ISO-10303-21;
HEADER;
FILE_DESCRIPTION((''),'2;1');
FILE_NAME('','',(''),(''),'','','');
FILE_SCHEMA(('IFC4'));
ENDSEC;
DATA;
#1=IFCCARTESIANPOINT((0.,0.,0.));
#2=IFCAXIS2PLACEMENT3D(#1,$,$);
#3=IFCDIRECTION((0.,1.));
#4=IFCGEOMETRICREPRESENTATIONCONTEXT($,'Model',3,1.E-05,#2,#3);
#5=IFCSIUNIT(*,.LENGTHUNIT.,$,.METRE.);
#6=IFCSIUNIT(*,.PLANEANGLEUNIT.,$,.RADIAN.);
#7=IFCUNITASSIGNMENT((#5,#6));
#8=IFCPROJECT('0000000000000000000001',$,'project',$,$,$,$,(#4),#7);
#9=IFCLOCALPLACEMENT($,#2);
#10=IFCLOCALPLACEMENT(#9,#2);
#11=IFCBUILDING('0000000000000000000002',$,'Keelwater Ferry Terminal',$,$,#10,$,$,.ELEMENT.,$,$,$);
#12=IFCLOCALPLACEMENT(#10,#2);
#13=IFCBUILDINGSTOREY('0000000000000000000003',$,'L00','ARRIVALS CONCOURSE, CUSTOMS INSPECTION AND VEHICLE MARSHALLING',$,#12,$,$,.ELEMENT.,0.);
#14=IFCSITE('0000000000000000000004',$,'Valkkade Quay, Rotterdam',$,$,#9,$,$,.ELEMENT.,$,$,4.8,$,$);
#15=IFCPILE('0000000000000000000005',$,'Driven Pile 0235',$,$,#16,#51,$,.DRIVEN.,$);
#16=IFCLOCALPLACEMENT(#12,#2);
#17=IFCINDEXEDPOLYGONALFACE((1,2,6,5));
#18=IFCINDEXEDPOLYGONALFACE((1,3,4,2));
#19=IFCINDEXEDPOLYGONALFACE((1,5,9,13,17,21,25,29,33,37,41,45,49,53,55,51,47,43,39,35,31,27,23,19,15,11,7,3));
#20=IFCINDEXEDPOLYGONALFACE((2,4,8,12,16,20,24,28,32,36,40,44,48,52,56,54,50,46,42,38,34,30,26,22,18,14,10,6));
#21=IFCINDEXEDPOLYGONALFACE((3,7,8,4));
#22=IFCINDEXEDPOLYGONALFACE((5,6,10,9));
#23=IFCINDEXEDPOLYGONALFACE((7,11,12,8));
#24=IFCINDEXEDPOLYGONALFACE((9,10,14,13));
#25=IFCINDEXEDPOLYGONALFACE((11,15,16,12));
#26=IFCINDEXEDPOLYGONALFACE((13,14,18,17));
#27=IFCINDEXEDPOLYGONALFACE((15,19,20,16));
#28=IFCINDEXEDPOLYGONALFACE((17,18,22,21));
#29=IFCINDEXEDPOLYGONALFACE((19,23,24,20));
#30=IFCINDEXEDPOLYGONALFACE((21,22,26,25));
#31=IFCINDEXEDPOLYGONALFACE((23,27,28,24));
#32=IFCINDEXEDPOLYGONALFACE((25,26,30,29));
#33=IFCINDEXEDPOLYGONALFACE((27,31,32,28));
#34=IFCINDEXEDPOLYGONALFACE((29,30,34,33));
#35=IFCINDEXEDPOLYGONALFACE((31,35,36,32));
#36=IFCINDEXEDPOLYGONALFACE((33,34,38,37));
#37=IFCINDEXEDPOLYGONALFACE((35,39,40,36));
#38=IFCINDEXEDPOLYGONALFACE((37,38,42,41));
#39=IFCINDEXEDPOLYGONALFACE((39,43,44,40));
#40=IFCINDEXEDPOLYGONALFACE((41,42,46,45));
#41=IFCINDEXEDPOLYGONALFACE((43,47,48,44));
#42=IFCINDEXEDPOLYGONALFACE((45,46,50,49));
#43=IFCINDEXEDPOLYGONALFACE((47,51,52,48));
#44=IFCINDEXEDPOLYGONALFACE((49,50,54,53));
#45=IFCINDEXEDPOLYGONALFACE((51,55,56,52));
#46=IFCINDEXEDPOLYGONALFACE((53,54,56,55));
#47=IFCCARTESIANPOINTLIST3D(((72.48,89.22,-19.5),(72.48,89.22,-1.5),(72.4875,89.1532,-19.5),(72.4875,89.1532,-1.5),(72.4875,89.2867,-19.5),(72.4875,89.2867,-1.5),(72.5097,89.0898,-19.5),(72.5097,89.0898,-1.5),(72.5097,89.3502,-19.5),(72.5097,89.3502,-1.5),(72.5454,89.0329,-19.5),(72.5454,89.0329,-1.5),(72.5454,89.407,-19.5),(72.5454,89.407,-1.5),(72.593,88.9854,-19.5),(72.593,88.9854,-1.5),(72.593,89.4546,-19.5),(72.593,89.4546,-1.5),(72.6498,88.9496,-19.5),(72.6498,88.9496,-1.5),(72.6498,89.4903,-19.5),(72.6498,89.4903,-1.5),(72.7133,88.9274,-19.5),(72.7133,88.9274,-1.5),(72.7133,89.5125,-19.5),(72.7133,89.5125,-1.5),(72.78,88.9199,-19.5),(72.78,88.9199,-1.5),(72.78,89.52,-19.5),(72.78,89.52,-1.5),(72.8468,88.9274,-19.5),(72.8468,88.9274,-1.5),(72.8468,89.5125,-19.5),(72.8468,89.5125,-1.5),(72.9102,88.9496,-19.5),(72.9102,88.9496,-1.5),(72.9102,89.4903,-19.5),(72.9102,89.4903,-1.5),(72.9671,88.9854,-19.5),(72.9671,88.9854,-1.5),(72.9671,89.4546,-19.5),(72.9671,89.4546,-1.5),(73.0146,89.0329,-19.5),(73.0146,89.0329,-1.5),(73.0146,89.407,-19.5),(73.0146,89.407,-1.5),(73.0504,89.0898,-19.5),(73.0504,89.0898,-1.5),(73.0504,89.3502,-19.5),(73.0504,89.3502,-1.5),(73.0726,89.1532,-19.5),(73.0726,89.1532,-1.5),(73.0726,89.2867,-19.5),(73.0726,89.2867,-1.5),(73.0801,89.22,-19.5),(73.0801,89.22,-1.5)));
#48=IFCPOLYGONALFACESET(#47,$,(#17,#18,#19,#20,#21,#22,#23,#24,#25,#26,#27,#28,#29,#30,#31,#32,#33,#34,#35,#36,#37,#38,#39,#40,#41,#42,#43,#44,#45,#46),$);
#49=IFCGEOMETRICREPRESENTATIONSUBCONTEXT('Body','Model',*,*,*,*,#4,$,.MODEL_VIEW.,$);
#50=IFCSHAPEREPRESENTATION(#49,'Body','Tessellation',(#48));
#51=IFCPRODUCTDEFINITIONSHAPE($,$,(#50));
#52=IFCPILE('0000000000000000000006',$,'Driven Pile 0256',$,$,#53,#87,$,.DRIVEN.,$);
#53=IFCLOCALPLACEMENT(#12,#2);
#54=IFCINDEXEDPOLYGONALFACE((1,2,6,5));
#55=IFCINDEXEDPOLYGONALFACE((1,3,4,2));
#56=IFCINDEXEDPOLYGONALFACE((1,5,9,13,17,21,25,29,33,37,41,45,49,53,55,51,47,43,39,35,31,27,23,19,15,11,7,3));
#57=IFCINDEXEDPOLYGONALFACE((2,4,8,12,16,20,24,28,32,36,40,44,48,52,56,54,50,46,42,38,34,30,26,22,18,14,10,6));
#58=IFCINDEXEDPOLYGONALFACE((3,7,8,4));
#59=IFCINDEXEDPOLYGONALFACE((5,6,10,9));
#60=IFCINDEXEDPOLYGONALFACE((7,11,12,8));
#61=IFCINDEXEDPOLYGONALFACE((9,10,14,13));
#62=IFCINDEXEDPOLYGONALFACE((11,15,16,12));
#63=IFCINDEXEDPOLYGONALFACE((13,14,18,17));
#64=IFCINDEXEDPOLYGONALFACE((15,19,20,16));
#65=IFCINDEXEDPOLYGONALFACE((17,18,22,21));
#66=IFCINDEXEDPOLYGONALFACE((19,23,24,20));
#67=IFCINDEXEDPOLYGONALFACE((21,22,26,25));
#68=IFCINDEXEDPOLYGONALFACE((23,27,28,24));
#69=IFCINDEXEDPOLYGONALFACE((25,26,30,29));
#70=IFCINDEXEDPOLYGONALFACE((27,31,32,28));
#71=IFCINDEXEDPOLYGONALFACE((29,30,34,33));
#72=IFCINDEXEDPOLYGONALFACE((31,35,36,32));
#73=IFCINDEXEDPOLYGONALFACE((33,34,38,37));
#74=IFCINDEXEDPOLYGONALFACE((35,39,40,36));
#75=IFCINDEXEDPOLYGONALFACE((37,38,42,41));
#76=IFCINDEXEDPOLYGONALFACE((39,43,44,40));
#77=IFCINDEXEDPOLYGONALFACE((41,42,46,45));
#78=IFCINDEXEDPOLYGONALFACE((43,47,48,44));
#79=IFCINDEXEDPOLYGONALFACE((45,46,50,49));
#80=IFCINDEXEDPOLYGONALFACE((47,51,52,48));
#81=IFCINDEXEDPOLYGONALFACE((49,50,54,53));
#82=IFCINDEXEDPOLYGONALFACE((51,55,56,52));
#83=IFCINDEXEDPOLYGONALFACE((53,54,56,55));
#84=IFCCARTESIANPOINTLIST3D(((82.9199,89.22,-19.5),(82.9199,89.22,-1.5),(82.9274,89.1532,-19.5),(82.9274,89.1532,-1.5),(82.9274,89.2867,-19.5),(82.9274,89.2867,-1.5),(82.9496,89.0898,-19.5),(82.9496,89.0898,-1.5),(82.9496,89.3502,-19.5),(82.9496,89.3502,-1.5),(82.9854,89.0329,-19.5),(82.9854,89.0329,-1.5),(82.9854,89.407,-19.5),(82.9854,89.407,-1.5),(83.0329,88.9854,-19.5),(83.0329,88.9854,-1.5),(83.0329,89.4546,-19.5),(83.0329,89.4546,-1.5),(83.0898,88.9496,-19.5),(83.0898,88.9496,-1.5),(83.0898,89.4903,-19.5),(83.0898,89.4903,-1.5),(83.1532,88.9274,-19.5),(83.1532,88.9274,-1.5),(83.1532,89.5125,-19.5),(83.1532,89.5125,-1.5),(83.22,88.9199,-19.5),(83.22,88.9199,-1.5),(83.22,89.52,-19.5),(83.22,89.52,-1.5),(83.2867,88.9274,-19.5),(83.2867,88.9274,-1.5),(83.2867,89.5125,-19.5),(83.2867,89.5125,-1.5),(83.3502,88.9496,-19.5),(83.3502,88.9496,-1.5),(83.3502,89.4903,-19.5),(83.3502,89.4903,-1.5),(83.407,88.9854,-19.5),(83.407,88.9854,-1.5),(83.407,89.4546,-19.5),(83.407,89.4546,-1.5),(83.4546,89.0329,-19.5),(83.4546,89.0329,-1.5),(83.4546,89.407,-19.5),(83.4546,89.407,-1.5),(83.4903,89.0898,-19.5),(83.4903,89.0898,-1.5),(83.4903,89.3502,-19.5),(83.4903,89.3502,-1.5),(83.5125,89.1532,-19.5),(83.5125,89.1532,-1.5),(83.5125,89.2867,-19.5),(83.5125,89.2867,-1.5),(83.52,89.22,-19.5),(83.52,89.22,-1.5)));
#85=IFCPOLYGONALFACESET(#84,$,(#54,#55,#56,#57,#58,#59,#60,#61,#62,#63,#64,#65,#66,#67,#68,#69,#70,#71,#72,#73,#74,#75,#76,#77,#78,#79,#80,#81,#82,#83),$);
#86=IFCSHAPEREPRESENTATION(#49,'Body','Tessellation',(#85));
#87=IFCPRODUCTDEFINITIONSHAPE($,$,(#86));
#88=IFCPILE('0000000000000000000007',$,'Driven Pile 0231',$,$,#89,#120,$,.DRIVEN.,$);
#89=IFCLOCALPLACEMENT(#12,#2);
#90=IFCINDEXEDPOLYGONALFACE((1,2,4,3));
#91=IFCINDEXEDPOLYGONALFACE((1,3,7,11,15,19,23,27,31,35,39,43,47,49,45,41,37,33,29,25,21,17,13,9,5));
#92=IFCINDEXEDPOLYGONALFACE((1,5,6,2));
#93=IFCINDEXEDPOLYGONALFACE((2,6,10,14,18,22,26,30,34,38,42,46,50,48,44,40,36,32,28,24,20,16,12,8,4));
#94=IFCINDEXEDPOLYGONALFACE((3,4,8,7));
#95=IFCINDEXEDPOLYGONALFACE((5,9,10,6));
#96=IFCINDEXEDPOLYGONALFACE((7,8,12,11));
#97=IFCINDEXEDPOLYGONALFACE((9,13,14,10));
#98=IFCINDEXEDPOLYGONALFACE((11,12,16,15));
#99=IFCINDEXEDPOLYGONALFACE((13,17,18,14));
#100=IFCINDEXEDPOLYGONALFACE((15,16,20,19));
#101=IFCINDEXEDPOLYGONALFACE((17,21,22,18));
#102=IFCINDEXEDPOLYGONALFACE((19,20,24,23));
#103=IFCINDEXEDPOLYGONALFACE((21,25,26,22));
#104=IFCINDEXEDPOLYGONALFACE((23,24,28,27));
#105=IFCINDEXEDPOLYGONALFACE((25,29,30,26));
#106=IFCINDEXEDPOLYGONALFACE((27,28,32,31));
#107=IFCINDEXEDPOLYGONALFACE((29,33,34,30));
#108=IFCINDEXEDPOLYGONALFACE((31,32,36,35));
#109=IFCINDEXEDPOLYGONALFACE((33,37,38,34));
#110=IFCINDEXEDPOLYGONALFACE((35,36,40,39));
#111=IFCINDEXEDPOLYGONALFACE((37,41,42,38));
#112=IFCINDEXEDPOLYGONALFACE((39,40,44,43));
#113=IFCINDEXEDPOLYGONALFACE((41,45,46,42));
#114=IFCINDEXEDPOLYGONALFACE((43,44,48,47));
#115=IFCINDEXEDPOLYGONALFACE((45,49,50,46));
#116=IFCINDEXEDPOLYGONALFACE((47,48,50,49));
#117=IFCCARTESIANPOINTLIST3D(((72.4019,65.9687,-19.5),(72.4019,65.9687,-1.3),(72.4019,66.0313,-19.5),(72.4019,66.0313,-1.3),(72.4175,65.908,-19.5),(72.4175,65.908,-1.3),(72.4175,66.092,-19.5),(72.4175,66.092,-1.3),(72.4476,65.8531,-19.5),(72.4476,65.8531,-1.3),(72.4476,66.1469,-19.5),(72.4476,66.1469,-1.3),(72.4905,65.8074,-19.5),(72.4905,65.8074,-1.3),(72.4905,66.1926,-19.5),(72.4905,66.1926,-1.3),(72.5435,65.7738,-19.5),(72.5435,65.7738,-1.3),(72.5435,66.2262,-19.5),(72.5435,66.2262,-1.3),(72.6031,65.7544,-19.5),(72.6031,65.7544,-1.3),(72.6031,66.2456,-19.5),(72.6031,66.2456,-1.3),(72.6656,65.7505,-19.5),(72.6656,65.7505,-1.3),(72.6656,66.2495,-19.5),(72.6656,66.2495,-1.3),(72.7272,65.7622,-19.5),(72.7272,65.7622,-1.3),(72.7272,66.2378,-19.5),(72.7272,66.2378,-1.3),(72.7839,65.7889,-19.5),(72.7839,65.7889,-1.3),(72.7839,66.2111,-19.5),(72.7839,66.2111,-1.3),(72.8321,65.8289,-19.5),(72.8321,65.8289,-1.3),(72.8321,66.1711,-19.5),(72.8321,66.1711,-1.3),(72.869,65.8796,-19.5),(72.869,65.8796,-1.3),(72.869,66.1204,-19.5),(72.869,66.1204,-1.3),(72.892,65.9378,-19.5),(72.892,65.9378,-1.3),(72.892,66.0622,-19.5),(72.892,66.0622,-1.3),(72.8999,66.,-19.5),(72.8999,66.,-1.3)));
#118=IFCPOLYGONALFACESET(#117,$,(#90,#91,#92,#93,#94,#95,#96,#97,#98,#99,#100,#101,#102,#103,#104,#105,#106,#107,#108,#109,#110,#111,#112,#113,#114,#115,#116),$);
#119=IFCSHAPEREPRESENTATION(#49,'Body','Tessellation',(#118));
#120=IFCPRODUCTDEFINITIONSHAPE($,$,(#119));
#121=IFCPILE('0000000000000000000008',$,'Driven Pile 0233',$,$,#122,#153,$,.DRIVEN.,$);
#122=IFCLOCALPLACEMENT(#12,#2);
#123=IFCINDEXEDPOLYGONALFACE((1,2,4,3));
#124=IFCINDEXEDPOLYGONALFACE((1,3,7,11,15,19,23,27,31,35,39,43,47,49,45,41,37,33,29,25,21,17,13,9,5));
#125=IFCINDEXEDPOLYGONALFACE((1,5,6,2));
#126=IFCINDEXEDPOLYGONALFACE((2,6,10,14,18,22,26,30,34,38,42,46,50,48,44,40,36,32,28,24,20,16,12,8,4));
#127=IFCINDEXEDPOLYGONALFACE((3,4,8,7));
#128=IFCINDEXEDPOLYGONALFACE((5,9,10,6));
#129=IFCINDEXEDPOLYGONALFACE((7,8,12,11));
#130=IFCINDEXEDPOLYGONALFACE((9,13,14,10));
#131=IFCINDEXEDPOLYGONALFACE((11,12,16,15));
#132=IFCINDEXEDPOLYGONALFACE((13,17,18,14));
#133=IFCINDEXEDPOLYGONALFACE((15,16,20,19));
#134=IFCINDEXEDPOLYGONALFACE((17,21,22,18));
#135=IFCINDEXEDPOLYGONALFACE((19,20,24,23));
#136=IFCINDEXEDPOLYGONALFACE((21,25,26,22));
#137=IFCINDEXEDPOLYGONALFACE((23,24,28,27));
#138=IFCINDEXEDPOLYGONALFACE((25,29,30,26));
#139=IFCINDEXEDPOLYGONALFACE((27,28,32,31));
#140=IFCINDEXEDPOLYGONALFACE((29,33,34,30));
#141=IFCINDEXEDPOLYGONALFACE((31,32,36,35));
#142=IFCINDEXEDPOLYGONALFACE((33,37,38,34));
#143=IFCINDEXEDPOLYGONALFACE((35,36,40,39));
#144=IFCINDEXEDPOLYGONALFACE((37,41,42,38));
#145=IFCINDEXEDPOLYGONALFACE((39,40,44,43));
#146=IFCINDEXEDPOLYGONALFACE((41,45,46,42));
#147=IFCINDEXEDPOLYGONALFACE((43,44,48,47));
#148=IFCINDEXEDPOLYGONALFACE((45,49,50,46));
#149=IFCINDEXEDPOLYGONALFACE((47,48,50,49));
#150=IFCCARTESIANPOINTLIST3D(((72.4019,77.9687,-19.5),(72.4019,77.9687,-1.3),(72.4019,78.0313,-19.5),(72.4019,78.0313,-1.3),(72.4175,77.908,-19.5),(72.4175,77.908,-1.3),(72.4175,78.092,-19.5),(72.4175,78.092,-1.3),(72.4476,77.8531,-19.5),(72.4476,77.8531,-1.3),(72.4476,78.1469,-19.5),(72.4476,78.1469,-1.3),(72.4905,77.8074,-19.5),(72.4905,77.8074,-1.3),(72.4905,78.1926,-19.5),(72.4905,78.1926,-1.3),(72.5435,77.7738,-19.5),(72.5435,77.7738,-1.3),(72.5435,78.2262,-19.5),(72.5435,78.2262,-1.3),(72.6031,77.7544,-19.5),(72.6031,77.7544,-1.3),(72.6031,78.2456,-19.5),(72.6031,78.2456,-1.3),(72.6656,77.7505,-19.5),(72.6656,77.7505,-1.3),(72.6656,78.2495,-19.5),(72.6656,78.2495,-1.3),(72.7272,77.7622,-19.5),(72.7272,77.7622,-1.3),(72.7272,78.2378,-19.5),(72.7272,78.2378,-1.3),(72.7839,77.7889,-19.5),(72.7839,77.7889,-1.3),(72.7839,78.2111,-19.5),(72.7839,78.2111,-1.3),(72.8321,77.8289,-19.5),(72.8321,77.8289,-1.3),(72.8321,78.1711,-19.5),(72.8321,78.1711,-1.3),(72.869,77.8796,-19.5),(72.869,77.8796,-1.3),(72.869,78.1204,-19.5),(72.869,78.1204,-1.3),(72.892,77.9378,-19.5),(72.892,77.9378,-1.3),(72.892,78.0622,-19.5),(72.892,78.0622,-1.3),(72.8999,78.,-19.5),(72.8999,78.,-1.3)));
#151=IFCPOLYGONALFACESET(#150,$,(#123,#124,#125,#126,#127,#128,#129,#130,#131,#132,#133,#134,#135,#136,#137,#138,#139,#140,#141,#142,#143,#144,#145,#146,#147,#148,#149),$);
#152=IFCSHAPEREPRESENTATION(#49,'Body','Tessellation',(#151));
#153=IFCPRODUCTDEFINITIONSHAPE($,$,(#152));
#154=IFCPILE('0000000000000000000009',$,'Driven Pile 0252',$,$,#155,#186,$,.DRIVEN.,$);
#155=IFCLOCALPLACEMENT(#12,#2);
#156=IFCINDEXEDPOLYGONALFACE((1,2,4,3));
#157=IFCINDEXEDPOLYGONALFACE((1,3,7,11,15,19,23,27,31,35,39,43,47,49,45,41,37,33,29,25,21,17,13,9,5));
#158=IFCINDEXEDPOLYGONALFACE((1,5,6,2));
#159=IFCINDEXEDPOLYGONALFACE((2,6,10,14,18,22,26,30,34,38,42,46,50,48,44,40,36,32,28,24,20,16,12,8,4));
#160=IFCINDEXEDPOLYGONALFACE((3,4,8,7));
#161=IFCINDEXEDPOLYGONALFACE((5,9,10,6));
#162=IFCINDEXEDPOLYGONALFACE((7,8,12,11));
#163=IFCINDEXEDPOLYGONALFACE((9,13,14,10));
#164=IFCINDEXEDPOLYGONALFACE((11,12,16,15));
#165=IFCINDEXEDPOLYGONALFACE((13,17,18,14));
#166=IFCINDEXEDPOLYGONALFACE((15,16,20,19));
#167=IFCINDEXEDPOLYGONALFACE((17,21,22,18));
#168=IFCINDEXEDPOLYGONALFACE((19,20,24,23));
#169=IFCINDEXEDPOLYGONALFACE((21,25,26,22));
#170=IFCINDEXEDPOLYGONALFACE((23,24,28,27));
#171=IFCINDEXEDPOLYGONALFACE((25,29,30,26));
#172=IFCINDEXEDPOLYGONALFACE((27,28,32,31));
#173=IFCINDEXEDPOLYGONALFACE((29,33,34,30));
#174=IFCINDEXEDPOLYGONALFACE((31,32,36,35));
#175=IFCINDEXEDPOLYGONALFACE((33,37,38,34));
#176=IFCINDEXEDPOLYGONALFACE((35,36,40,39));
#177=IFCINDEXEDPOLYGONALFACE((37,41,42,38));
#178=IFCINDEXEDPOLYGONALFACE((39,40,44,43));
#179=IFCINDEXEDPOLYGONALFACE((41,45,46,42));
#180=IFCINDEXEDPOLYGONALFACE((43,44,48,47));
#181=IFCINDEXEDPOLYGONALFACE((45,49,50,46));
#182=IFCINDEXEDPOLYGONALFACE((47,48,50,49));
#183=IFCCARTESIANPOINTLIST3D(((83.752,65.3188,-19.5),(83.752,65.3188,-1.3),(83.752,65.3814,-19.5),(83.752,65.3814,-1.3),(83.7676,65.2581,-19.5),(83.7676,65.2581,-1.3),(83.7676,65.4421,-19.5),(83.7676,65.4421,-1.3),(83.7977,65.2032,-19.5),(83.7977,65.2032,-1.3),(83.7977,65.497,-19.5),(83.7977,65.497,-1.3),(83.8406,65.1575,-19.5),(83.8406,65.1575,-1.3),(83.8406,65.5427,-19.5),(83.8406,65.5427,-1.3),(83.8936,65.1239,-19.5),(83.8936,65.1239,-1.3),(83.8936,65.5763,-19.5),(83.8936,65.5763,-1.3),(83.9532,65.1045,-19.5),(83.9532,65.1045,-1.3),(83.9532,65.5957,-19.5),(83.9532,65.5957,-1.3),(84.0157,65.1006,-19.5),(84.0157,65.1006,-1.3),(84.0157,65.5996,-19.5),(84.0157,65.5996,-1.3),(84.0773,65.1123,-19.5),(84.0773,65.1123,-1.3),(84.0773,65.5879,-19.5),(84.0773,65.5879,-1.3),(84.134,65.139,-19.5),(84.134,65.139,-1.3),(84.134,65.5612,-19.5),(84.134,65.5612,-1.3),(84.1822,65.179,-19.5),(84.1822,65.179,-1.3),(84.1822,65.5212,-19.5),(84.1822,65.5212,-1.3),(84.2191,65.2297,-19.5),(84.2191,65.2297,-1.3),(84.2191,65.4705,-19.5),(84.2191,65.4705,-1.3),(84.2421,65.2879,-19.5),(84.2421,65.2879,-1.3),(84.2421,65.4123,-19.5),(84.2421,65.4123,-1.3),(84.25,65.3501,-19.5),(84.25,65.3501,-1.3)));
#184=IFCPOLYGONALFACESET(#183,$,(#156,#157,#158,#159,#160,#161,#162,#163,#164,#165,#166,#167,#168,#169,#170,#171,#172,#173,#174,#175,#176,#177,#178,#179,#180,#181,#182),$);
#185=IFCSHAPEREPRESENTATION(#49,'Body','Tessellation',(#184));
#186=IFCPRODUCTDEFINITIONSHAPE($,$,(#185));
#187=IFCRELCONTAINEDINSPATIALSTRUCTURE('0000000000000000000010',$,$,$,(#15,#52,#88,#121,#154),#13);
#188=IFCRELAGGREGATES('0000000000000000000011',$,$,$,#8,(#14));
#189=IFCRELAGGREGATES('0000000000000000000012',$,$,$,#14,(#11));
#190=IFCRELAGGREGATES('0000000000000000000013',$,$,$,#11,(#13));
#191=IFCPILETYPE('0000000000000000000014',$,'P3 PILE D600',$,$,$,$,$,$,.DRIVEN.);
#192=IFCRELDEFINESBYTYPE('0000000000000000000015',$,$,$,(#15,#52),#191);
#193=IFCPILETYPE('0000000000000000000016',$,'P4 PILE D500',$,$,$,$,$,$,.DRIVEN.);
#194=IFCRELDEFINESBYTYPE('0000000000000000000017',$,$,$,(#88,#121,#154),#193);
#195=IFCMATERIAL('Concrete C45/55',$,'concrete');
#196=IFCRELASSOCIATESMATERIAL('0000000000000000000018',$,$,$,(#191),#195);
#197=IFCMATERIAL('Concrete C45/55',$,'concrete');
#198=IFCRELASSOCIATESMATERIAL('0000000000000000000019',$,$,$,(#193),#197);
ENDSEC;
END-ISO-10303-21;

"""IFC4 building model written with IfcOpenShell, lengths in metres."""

from ifc_helpers import new_model, si_unit, direction, frame, origin, origin_2d, place, context, subcontext, project, spatial, circle, extrude, material, material_profile, profile_set, type_object, element, save


model = new_model("IFC4")

# Units and contexts
model_context = context("Model", 3, precision=1e-05, world=origin(), true_north=direction((0.0, 1.0)))
body_context = subcontext(model_context, "Body", "Model", "MODEL_VIEW")
ifc_project = project(units=[si_unit("LENGTHUNIT", "METRE"), si_unit("PLANEANGLEUNIT", "RADIAN")], contexts=[model_context])

# Site, building, storey
site_placement = place(None, origin())
site = spatial("IfcSite", under=ifc_project, at=site_placement, Name="Valkkade Quay, Rotterdam", CompositionType="ELEMENT", RefElevation=4.8)
building_placement = place(site_placement, origin())
building = spatial("IfcBuilding", under=site, at=building_placement, Name="Keelwater Ferry Terminal", CompositionType="ELEMENT")
storey_placement = place(building_placement, origin())
storey = spatial("IfcBuildingStorey", under=building, at=storey_placement, Name="L00", Description="ARRIVALS CONCOURSE, CUSTOMS INSPECTION AND VEHICLE MARSHALLING", CompositionType="ELEMENT", Elevation=0.0)

# Piles
ifc_material_1 = material(Name="Concrete C45/55", Category="concrete")
ifc_material_profile_1 = material_profile(ifc_material_1, circle(Radius=0.3, at=origin_2d()), Name="PILE D600")
ifc_profile_set_1 = profile_set([ifc_material_profile_1], Name="Concrete C45/55")
pile_type_1 = type_object("IfcPileType", Name="P3 PILE D600", PredefinedType="DRIVEN", material=ifc_profile_set_1)
for number, where, z_axis, x_axis, name in (
    (1, (72.78, 89.22, -1.5), (0.0, 0.0, -1.0), (1.0, 0.0, 0.0), "Driven Pile 0235"),
    (2, (83.22, 89.22, -1.5), (0.0, 0.0, -1.0), (1.0, 0.0, 0.0), "Driven Pile 0256"),
):
    element("IfcPile", number, at=place(storey_placement, frame(where, z_axis=z_axis, x_axis=x_axis)), inside=storey, type_object=pile_type_1, Name=name, PredefinedType="DRIVEN", context=body_context, shape_type="SweptSolid", body=[
        extrude(circle(Radius=0.3, at=origin_2d()), origin(), (0.0, 0.0, 1.0), 18.0),
    ])
ifc_material_2 = material(Name="Concrete C45/55", Category="concrete")
ifc_material_profile_2 = material_profile(ifc_material_2, circle(Radius=0.25, at=origin_2d()), Name="PILE D500")
ifc_profile_set_2 = profile_set([ifc_material_profile_2], Name="Concrete C45/55")
pile_type_2 = type_object("IfcPileType", Name="P4 PILE D500", PredefinedType="DRIVEN", material=ifc_profile_set_2)
for number, where, z_axis, x_axis, name in (
    (3, (72.6499, 66.0, -1.3), (0.0, 0.0, -1.0), (1.0, 0.0, 0.0), "Driven Pile 0231"),
    (4, (72.6499, 78.0, -1.3), (0.0, 0.0, -1.0), (1.0, 0.0, 0.0), "Driven Pile 0233"),
    (5, (84.0, 65.3501, -1.3), (0.0, 0.0, -1.0), (1.0, 0.0, 0.0), "Driven Pile 0252"),
):
    element("IfcPile", number, at=place(storey_placement, frame(where, z_axis=z_axis, x_axis=x_axis)), inside=storey, type_object=pile_type_2, Name=name, PredefinedType="DRIVEN", context=body_context, shape_type="SweptSolid", body=[
        extrude(circle(Radius=0.25, at=origin_2d()), origin(), (0.0, 0.0, 1.0), 18.2),
    ])

save(model, "model.ifc")
